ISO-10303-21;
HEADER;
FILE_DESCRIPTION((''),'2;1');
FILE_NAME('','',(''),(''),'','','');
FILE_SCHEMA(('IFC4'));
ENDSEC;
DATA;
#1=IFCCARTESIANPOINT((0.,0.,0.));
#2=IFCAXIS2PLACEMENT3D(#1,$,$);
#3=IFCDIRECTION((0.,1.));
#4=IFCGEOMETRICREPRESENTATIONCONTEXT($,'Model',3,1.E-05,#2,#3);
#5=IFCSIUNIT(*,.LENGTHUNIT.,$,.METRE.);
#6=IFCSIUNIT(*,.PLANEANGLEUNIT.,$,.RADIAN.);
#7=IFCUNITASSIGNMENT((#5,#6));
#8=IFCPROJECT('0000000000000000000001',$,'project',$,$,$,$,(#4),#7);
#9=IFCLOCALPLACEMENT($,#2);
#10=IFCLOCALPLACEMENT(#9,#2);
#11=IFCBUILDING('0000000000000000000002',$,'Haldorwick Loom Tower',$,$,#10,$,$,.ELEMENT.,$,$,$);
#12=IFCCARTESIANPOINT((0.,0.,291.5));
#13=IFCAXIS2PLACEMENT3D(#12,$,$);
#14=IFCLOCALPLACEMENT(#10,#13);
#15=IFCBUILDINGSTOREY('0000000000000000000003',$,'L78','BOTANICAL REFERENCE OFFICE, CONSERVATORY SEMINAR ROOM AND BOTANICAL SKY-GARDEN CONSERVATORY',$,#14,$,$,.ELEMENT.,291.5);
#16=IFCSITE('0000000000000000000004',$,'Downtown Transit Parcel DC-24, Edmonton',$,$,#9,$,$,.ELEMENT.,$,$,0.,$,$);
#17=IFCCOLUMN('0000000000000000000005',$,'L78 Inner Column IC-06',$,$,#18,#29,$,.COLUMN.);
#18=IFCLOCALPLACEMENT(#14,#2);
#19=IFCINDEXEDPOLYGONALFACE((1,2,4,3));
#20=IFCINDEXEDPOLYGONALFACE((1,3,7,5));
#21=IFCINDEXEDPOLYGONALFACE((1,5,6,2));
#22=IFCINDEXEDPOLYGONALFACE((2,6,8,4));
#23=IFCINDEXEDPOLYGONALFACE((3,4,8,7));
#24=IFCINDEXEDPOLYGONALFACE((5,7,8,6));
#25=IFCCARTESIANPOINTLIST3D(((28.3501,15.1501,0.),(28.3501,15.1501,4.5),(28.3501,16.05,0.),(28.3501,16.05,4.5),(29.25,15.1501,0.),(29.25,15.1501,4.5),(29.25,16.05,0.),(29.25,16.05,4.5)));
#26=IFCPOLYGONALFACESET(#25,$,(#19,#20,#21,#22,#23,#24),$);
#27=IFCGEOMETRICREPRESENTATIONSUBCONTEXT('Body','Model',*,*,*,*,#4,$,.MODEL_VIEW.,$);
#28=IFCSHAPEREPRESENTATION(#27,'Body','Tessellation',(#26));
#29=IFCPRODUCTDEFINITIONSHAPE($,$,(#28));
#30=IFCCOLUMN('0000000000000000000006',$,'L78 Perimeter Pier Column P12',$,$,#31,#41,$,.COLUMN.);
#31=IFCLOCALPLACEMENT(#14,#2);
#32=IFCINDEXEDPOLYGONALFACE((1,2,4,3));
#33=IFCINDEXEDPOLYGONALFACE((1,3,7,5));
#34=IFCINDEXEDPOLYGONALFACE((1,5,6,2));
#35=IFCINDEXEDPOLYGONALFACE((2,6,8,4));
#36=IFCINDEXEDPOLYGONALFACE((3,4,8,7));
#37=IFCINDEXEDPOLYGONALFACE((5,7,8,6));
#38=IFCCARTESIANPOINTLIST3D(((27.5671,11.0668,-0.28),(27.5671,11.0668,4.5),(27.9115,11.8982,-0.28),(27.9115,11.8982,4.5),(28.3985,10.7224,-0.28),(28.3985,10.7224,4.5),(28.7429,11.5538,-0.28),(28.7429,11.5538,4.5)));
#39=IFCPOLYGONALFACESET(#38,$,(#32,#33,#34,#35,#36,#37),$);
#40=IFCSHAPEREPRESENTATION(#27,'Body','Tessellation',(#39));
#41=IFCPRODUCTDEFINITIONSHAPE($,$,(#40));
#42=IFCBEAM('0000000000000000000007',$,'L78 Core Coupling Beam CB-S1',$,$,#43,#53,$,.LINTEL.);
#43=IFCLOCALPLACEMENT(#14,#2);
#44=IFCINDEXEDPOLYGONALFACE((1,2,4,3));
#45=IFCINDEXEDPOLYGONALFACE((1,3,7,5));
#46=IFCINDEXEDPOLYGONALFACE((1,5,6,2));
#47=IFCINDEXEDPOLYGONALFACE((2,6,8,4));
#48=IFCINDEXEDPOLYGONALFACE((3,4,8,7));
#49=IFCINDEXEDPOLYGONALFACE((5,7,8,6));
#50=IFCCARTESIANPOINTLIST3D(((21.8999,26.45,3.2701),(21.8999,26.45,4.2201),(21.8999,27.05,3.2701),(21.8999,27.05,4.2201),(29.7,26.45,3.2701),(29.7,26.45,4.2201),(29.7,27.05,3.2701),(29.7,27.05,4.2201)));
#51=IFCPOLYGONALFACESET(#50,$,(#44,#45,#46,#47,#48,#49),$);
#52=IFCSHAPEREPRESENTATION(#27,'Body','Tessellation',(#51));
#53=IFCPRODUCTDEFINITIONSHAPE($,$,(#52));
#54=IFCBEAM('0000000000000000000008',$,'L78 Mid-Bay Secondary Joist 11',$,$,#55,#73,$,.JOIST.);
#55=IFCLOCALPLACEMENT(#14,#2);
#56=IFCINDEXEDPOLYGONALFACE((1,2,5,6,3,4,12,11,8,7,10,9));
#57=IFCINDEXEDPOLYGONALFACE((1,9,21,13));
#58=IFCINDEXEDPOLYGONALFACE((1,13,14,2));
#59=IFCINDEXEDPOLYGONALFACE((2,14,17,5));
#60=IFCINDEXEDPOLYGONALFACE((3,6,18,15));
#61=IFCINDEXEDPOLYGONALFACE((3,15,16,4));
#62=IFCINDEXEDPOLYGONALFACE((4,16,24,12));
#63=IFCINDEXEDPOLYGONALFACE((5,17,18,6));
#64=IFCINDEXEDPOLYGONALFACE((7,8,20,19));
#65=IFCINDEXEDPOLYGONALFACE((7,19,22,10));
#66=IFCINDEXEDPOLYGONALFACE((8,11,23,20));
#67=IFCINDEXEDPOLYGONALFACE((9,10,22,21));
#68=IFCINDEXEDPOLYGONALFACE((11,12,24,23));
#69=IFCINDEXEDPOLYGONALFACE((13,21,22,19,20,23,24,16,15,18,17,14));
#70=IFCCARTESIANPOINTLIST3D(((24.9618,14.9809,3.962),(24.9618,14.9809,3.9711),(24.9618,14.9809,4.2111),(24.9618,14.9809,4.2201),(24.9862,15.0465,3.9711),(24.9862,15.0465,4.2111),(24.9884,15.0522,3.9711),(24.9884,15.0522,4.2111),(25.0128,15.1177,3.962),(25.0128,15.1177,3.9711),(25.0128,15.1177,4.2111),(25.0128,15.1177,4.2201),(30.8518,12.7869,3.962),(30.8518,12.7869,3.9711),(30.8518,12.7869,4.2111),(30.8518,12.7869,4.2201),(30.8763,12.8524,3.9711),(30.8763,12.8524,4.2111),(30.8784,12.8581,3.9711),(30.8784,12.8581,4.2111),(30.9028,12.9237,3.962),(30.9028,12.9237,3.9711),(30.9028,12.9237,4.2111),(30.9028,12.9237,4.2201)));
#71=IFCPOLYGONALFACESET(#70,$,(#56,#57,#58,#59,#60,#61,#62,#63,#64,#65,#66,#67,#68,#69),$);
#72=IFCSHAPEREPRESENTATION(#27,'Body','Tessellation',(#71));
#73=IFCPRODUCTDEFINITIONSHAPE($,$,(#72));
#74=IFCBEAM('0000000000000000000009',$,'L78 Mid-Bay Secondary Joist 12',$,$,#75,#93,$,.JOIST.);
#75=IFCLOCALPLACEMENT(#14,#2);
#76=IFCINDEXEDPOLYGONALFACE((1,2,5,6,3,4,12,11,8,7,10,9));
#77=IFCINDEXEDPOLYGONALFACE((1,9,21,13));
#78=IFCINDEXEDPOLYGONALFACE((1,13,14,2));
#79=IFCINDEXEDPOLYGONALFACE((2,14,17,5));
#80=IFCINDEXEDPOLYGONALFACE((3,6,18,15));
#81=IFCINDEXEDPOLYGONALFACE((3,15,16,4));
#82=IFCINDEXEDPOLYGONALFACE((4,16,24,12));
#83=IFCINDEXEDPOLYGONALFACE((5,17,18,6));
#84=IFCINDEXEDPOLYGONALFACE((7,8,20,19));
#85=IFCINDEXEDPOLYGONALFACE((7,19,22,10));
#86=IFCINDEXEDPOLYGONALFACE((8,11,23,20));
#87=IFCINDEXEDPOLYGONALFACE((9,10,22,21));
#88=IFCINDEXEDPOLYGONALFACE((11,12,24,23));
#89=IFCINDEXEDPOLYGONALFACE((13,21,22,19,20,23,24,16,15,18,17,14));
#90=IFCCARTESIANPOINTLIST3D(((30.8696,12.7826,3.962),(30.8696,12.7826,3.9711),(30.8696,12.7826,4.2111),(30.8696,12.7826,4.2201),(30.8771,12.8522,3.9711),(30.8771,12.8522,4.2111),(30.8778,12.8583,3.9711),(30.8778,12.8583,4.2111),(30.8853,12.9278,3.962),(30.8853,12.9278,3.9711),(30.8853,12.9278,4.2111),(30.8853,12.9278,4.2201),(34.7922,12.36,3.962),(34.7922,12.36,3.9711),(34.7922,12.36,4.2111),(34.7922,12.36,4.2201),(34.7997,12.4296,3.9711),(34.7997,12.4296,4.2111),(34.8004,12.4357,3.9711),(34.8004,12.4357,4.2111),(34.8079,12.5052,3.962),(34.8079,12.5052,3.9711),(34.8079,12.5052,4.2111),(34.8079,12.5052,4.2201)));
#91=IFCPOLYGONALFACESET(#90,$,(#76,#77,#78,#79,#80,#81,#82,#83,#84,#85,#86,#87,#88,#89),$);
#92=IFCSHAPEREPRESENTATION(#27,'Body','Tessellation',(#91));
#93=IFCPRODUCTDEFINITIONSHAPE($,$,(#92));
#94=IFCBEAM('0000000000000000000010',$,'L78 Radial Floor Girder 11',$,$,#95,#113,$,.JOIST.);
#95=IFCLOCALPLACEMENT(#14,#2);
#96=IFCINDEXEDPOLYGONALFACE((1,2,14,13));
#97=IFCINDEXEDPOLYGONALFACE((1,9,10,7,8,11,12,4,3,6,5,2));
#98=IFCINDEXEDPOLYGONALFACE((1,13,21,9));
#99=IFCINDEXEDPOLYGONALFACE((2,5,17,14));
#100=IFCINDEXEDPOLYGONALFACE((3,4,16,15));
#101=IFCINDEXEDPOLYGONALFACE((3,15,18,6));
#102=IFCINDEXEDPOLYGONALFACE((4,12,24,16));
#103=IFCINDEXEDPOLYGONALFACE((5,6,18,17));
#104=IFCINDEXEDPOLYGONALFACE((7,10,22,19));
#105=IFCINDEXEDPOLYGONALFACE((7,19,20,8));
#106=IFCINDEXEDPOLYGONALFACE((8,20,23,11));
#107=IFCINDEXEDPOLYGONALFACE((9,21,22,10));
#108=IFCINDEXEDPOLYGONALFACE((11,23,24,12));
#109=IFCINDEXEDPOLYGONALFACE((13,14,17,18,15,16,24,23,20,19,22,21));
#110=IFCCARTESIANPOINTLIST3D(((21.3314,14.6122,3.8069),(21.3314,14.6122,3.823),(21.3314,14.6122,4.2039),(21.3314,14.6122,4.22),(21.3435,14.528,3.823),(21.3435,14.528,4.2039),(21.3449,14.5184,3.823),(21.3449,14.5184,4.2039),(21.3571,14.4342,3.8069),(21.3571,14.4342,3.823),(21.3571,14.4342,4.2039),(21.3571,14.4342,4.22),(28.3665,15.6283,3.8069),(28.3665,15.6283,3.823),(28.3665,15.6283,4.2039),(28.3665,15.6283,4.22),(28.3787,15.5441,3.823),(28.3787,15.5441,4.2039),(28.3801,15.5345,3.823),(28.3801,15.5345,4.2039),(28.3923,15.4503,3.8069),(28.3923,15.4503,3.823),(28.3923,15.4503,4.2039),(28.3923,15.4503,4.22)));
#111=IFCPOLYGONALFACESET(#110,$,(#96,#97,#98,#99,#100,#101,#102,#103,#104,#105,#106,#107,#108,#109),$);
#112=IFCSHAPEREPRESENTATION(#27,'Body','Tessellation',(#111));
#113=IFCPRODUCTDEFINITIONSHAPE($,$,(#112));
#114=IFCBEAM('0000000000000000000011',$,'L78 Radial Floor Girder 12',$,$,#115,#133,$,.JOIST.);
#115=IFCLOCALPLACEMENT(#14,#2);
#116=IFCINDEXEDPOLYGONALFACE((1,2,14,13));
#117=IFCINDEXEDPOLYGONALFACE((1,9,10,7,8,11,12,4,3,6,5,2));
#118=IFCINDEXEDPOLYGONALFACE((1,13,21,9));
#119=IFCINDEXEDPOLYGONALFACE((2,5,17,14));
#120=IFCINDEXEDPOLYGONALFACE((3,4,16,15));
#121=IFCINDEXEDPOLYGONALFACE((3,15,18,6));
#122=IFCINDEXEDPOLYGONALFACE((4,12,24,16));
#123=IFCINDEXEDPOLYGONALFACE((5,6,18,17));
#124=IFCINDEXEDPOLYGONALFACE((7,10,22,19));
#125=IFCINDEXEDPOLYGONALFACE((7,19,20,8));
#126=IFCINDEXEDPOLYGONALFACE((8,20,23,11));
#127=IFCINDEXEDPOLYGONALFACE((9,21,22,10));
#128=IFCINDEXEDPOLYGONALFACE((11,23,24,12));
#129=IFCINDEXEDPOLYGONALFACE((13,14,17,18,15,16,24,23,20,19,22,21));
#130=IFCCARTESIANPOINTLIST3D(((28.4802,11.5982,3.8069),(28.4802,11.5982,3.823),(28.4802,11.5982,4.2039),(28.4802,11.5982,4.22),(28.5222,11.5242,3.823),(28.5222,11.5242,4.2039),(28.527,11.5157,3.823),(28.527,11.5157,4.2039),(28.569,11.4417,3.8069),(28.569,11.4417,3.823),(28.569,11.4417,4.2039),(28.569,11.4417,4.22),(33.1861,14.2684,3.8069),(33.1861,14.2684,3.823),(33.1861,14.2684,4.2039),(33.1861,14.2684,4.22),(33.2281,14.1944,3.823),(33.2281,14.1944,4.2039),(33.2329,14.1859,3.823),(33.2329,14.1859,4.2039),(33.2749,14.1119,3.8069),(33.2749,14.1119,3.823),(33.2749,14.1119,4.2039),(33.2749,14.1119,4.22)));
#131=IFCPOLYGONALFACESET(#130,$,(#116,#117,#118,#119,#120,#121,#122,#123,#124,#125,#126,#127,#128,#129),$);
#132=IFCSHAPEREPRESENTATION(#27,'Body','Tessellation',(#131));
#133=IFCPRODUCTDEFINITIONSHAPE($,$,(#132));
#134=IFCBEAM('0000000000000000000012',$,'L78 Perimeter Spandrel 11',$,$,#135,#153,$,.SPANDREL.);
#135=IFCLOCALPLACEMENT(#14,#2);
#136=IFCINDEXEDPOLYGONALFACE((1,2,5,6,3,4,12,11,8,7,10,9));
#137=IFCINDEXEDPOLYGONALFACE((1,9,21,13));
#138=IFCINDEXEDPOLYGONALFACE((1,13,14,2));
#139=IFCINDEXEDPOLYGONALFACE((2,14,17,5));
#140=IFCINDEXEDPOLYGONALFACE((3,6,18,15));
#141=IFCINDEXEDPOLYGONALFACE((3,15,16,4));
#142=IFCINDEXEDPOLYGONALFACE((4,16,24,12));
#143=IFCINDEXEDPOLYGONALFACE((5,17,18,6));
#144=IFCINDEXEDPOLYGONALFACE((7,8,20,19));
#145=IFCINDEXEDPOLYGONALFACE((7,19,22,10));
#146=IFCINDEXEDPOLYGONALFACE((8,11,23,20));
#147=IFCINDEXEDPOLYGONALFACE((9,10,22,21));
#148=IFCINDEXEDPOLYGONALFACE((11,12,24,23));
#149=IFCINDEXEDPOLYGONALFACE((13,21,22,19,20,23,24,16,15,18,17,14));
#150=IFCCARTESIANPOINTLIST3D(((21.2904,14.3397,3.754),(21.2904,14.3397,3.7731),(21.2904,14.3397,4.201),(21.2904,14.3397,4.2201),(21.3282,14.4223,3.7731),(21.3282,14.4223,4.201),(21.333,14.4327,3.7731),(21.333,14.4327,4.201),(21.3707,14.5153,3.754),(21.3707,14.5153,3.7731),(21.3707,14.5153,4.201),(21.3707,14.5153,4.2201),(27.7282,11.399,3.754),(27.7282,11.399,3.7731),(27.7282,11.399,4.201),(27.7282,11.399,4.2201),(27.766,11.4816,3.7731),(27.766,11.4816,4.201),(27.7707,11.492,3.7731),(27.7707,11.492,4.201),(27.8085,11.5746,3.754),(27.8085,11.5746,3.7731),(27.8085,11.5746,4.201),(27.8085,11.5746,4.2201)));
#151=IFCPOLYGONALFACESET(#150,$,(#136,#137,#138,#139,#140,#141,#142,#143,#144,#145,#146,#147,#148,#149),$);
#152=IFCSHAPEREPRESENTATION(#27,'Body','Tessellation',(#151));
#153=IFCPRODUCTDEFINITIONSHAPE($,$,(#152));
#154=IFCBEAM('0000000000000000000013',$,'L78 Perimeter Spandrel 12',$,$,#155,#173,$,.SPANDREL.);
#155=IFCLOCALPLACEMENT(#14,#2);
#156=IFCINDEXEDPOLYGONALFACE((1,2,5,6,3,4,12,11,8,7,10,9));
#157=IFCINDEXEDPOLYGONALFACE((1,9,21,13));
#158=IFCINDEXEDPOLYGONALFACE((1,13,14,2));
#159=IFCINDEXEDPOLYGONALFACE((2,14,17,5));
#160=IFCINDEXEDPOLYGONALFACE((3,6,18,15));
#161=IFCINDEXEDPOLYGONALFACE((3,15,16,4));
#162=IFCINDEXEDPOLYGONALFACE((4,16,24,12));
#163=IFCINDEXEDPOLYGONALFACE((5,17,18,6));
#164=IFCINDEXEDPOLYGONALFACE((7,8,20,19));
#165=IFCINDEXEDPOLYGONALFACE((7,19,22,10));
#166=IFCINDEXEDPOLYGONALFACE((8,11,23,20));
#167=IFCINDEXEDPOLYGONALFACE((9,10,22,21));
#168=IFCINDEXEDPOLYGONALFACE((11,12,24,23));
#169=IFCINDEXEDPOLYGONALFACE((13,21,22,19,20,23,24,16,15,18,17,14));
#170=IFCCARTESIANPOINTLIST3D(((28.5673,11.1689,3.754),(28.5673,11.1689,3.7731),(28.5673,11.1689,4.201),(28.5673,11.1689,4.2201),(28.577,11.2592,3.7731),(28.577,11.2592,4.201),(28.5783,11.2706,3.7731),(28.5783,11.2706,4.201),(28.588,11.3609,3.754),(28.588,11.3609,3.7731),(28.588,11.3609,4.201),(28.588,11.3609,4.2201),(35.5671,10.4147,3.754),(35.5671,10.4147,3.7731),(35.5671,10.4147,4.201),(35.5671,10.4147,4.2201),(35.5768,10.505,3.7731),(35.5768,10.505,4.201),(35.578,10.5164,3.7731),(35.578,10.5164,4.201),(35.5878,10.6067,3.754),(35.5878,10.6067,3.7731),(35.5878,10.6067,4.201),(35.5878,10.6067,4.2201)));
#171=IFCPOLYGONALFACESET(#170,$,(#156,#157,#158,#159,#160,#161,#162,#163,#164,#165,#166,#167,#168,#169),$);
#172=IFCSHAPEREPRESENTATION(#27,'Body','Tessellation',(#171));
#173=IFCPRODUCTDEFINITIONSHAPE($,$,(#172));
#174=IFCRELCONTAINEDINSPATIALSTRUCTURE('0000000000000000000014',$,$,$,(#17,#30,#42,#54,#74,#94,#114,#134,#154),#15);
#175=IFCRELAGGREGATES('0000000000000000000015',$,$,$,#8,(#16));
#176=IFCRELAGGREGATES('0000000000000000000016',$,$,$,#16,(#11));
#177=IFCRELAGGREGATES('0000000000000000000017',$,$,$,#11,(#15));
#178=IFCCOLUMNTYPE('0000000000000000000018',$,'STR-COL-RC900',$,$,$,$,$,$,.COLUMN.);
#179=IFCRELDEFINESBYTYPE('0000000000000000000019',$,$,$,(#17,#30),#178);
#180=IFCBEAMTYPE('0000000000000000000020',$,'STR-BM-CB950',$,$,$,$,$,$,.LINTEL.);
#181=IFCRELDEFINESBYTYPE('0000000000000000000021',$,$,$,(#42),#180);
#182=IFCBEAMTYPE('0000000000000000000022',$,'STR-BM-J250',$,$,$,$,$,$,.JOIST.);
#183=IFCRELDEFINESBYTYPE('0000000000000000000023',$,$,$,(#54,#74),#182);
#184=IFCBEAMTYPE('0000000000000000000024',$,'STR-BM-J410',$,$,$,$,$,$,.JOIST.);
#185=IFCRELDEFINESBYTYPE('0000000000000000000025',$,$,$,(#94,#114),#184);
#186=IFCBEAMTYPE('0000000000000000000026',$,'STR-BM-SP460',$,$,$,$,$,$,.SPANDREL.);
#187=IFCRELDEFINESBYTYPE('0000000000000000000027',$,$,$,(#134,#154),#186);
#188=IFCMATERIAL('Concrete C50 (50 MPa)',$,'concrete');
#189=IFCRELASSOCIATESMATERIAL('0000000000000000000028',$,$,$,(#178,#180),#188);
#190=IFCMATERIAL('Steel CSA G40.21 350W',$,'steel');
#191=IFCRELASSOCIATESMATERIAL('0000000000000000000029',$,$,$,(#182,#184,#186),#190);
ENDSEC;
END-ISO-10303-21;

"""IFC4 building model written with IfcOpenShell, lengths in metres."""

from ifc_helpers import new_model, si_unit, direction, frame, origin, origin_2d, place, context, subcontext, project, spatial, rectangle, i_section, extrude, material, material_profile, profile_set, type_object, element, save


model = new_model("IFC4")

# Units and contexts
model_context = context("Model", 3, precision=1e-05, world=origin(), true_north=direction((0.0, 1.0)))
body_context = subcontext(model_context, "Body", "Model", "MODEL_VIEW")
ifc_project = project(units=[si_unit("LENGTHUNIT", "METRE"), si_unit("PLANEANGLEUNIT", "RADIAN")], contexts=[model_context])

# Site, building, storey
site_placement = place(None, origin())
site = spatial("IfcSite", under=ifc_project, at=site_placement, Name="Downtown Transit Parcel DC-24, Edmonton", CompositionType="ELEMENT", RefElevation=0.0)
building_placement = place(site_placement, origin())
building = spatial("IfcBuilding", under=site, at=building_placement, Name="Haldorwick Loom Tower", CompositionType="ELEMENT")
storey_placement = place(building_placement, frame((0.0, 0.0, 291.5)))
storey = spatial("IfcBuildingStorey", under=building, at=storey_placement, Name="L78", Description="BOTANICAL REFERENCE OFFICE, CONSERVATORY SEMINAR ROOM AND BOTANICAL SKY-GARDEN CONSERVATORY", CompositionType="ELEMENT", Elevation=291.5)

# Columns
ifc_material_1 = material(Name="Concrete C50 (50 MPa)", Category="concrete")
ifc_material_profile_1 = material_profile(ifc_material_1, rectangle(XDim=0.8999, YDim=0.8999, at=origin_2d()), Name="RC900X900", Category="concrete")
ifc_profile_set_1 = profile_set([ifc_material_profile_1], Name="Concrete C50 (50 MPa)")
column_type = type_object("IfcColumnType", Name="STR-COL-RC900", PredefinedType="COLUMN", material=ifc_profile_set_1)
column_1_placement = place(storey_placement, frame((28.8, 15.6001, 0.0), z_axis=(0.0, 0.0, 1.0), x_axis=(1.0, 0.0, 0.0)))
element("IfcColumn", 1, at=column_1_placement, inside=storey, type_object=column_type, Name="L78 Inner Column IC-06", PredefinedType="COLUMN", context=body_context, shape_type="SweptSolid", body=[
    extrude(rectangle(XDim=0.8999, YDim=0.8999, at=origin_2d()), origin(), (0.0, 0.0, 1.0), 4.5),
])
column_2_placement = place(storey_placement, frame((28.155, 11.3103, -0.28), z_axis=(0.0, 0.0, 1.0), x_axis=(-0.382683, -0.92388, 0.0)))
element("IfcColumn", 2, at=column_2_placement, inside=storey, type_object=column_type, Name="L78 Perimeter Pier Column P12", PredefinedType="COLUMN", context=body_context, shape_type="SweptSolid", body=[
    extrude(rectangle(XDim=0.8999, YDim=0.8999, at=origin_2d()), origin(), (0.0, 0.0, 1.0), 4.78),
])

# Beams
ifc_material_profile_2 = material_profile(ifc_material_1, rectangle(XDim=0.6001, YDim=0.95, at=origin_2d()), Name="RC600X950", Category="concrete")
ifc_profile_set_2 = profile_set([ifc_material_profile_2], Name="Concrete C50 (50 MPa)")
beam_type_1 = type_object("IfcBeamType", Name="STR-BM-CB950", PredefinedType="LINTEL", material=ifc_profile_set_2)
beam_1_placement = place(storey_placement, frame((21.8999, 26.75, 3.7451), z_axis=(1.0, 0.0, 0.0), x_axis=(0.0, 1.0, 0.0)))
element("IfcBeam", 3, at=beam_1_placement, inside=storey, type_object=beam_type_1, Name="L78 Core Coupling Beam CB-S1", PredefinedType="LINTEL", context=body_context, shape_type="SweptSolid", body=[
    extrude(rectangle(XDim=0.6001, YDim=0.95, at=origin_2d()), origin(), (0.0, 0.0, 1.0), 7.8),
])
ifc_material_2 = material(Name="Steel CSA G40.21 350W", Category="steel")
ifc_material_profile_3 = material_profile(ifc_material_2, i_section(OverallWidth=0.146, OverallDepth=0.2581, WebThickness=0.0061, FlangeThickness=0.009, at=origin_2d()), Name="W250X33", Category="steel")
ifc_profile_set_3 = profile_set([ifc_material_profile_3], Name="Steel CSA G40.21 350W")
beam_type_2 = type_object("IfcBeamType", Name="STR-BM-J250", PredefinedType="JOIST", material=ifc_profile_set_3)
beam_2_placement = place(storey_placement, frame((24.9873, 15.0493, 4.0911), z_axis=(0.937096, -0.349071, 0.0), x_axis=(0.349071, 0.937096, 0.0)))
element("IfcBeam", 4, at=beam_2_placement, inside=storey, type_object=beam_type_2, Name="L78 Mid-Bay Secondary Joist 11", PredefinedType="JOIST", context=body_context, shape_type="SweptSolid", body=[
    extrude(i_section(OverallWidth=0.146, OverallDepth=0.2581, WebThickness=0.0061, FlangeThickness=0.009, at=origin_2d()), origin(), (0.0, 0.0, 1.0), 6.2854),
])
beam_3_placement = place(storey_placement, frame((30.8774, 12.8552, 4.0911), z_axis=(0.994246, -0.107116, 0.0), x_axis=(0.107116, 0.994246, 0.0)))
element("IfcBeam", 5, at=beam_3_placement, inside=storey, type_object=beam_type_2, Name="L78 Mid-Bay Secondary Joist 12", PredefinedType="JOIST", context=body_context, shape_type="SweptSolid", body=[
    extrude(i_section(OverallWidth=0.146, OverallDepth=0.2581, WebThickness=0.0061, FlangeThickness=0.009, at=origin_2d()), origin(), (0.0, 0.0, 1.0), 3.9453),
])
ifc_material_profile_4 = material_profile(ifc_material_2, i_section(OverallWidth=0.1799, OverallDepth=0.4131, WebThickness=0.0098, FlangeThickness=0.0161, at=origin_2d()), Name="W410X74", Category="steel")
ifc_profile_set_4 = profile_set([ifc_material_profile_4], Name="Steel CSA G40.21 350W")
beam_type_3 = type_object("IfcBeamType", Name="STR-BM-J410", PredefinedType="JOIST", material=ifc_profile_set_4)
beam_4_placement = place(storey_placement, frame((28.3794, 15.5393, 4.0134), z_axis=(-0.98973, -0.14295, 0.0), x_axis=(0.14295, -0.98973, 0.0)))
element("IfcBeam", 6, at=beam_4_placement, inside=storey, type_object=beam_type_3, Name="L78 Radial Floor Girder 11", PredefinedType="JOIST", context=body_context, shape_type="SweptSolid", body=[
    extrude(i_section(OverallWidth=0.1799, OverallDepth=0.4131, WebThickness=0.0098, FlangeThickness=0.0161, at=origin_2d()), origin(), (0.0, 0.0, 1.0), 7.1082),
])
beam_5_placement = place(storey_placement, frame((33.2305, 14.1902, 4.0134), z_axis=(-0.869741, -0.493508, 0.0), x_axis=(0.493508, -0.869741, 0.0)))
element("IfcBeam", 7, at=beam_5_placement, inside=storey, type_object=beam_type_3, Name="L78 Radial Floor Girder 12", PredefinedType="JOIST", context=body_context, shape_type="SweptSolid", body=[
    extrude(i_section(OverallWidth=0.1799, OverallDepth=0.4131, WebThickness=0.0098, FlangeThickness=0.0161, at=origin_2d()), origin(), (0.0, 0.0, 1.0), 5.4106),
])
ifc_material_profile_5 = material_profile(ifc_material_2, i_section(OverallWidth=0.1931, OverallDepth=0.4661, WebThickness=0.0115, FlangeThickness=0.019, at=origin_2d()), Name="W460X97", Category="steel")
ifc_profile_set_5 = profile_set([ifc_material_profile_5], Name="Steel CSA G40.21 350W")
beam_type_4 = type_object("IfcBeamType", Name="STR-BM-SP460", PredefinedType="SPANDREL", material=ifc_profile_set_5)
beam_6_placement = place(storey_placement, frame((21.3306, 14.4275, 3.9871), z_axis=(0.909597, -0.415492, 0.0), x_axis=(0.415492, 0.909597, 0.0)))
element("IfcBeam", 8, at=beam_6_placement, inside=storey, type_object=beam_type_4, Name="L78 Perimeter Spandrel 11", PredefinedType="SPANDREL", context=body_context, shape_type="SweptSolid", body=[
    extrude(i_section(OverallWidth=0.1931, OverallDepth=0.4661, WebThickness=0.0115, FlangeThickness=0.019, at=origin_2d()), origin(), (0.0, 0.0, 1.0), 7.0776),
])
beam_7_placement = place(storey_placement, frame((28.5776, 11.2649, 3.9871), z_axis=(0.994246, -0.10712, 0.0), x_axis=(0.10712, 0.994246, 0.0)))
element("IfcBeam", 9, at=beam_7_placement, inside=storey, type_object=beam_type_4, Name="L78 Perimeter Spandrel 12", PredefinedType="SPANDREL", context=body_context, shape_type="SweptSolid", body=[
    extrude(i_section(OverallWidth=0.1931, OverallDepth=0.4661, WebThickness=0.0115, FlangeThickness=0.019, at=origin_2d()), origin(), (0.0, 0.0, 1.0), 7.0403),
])

save(model, "model.ifc")
